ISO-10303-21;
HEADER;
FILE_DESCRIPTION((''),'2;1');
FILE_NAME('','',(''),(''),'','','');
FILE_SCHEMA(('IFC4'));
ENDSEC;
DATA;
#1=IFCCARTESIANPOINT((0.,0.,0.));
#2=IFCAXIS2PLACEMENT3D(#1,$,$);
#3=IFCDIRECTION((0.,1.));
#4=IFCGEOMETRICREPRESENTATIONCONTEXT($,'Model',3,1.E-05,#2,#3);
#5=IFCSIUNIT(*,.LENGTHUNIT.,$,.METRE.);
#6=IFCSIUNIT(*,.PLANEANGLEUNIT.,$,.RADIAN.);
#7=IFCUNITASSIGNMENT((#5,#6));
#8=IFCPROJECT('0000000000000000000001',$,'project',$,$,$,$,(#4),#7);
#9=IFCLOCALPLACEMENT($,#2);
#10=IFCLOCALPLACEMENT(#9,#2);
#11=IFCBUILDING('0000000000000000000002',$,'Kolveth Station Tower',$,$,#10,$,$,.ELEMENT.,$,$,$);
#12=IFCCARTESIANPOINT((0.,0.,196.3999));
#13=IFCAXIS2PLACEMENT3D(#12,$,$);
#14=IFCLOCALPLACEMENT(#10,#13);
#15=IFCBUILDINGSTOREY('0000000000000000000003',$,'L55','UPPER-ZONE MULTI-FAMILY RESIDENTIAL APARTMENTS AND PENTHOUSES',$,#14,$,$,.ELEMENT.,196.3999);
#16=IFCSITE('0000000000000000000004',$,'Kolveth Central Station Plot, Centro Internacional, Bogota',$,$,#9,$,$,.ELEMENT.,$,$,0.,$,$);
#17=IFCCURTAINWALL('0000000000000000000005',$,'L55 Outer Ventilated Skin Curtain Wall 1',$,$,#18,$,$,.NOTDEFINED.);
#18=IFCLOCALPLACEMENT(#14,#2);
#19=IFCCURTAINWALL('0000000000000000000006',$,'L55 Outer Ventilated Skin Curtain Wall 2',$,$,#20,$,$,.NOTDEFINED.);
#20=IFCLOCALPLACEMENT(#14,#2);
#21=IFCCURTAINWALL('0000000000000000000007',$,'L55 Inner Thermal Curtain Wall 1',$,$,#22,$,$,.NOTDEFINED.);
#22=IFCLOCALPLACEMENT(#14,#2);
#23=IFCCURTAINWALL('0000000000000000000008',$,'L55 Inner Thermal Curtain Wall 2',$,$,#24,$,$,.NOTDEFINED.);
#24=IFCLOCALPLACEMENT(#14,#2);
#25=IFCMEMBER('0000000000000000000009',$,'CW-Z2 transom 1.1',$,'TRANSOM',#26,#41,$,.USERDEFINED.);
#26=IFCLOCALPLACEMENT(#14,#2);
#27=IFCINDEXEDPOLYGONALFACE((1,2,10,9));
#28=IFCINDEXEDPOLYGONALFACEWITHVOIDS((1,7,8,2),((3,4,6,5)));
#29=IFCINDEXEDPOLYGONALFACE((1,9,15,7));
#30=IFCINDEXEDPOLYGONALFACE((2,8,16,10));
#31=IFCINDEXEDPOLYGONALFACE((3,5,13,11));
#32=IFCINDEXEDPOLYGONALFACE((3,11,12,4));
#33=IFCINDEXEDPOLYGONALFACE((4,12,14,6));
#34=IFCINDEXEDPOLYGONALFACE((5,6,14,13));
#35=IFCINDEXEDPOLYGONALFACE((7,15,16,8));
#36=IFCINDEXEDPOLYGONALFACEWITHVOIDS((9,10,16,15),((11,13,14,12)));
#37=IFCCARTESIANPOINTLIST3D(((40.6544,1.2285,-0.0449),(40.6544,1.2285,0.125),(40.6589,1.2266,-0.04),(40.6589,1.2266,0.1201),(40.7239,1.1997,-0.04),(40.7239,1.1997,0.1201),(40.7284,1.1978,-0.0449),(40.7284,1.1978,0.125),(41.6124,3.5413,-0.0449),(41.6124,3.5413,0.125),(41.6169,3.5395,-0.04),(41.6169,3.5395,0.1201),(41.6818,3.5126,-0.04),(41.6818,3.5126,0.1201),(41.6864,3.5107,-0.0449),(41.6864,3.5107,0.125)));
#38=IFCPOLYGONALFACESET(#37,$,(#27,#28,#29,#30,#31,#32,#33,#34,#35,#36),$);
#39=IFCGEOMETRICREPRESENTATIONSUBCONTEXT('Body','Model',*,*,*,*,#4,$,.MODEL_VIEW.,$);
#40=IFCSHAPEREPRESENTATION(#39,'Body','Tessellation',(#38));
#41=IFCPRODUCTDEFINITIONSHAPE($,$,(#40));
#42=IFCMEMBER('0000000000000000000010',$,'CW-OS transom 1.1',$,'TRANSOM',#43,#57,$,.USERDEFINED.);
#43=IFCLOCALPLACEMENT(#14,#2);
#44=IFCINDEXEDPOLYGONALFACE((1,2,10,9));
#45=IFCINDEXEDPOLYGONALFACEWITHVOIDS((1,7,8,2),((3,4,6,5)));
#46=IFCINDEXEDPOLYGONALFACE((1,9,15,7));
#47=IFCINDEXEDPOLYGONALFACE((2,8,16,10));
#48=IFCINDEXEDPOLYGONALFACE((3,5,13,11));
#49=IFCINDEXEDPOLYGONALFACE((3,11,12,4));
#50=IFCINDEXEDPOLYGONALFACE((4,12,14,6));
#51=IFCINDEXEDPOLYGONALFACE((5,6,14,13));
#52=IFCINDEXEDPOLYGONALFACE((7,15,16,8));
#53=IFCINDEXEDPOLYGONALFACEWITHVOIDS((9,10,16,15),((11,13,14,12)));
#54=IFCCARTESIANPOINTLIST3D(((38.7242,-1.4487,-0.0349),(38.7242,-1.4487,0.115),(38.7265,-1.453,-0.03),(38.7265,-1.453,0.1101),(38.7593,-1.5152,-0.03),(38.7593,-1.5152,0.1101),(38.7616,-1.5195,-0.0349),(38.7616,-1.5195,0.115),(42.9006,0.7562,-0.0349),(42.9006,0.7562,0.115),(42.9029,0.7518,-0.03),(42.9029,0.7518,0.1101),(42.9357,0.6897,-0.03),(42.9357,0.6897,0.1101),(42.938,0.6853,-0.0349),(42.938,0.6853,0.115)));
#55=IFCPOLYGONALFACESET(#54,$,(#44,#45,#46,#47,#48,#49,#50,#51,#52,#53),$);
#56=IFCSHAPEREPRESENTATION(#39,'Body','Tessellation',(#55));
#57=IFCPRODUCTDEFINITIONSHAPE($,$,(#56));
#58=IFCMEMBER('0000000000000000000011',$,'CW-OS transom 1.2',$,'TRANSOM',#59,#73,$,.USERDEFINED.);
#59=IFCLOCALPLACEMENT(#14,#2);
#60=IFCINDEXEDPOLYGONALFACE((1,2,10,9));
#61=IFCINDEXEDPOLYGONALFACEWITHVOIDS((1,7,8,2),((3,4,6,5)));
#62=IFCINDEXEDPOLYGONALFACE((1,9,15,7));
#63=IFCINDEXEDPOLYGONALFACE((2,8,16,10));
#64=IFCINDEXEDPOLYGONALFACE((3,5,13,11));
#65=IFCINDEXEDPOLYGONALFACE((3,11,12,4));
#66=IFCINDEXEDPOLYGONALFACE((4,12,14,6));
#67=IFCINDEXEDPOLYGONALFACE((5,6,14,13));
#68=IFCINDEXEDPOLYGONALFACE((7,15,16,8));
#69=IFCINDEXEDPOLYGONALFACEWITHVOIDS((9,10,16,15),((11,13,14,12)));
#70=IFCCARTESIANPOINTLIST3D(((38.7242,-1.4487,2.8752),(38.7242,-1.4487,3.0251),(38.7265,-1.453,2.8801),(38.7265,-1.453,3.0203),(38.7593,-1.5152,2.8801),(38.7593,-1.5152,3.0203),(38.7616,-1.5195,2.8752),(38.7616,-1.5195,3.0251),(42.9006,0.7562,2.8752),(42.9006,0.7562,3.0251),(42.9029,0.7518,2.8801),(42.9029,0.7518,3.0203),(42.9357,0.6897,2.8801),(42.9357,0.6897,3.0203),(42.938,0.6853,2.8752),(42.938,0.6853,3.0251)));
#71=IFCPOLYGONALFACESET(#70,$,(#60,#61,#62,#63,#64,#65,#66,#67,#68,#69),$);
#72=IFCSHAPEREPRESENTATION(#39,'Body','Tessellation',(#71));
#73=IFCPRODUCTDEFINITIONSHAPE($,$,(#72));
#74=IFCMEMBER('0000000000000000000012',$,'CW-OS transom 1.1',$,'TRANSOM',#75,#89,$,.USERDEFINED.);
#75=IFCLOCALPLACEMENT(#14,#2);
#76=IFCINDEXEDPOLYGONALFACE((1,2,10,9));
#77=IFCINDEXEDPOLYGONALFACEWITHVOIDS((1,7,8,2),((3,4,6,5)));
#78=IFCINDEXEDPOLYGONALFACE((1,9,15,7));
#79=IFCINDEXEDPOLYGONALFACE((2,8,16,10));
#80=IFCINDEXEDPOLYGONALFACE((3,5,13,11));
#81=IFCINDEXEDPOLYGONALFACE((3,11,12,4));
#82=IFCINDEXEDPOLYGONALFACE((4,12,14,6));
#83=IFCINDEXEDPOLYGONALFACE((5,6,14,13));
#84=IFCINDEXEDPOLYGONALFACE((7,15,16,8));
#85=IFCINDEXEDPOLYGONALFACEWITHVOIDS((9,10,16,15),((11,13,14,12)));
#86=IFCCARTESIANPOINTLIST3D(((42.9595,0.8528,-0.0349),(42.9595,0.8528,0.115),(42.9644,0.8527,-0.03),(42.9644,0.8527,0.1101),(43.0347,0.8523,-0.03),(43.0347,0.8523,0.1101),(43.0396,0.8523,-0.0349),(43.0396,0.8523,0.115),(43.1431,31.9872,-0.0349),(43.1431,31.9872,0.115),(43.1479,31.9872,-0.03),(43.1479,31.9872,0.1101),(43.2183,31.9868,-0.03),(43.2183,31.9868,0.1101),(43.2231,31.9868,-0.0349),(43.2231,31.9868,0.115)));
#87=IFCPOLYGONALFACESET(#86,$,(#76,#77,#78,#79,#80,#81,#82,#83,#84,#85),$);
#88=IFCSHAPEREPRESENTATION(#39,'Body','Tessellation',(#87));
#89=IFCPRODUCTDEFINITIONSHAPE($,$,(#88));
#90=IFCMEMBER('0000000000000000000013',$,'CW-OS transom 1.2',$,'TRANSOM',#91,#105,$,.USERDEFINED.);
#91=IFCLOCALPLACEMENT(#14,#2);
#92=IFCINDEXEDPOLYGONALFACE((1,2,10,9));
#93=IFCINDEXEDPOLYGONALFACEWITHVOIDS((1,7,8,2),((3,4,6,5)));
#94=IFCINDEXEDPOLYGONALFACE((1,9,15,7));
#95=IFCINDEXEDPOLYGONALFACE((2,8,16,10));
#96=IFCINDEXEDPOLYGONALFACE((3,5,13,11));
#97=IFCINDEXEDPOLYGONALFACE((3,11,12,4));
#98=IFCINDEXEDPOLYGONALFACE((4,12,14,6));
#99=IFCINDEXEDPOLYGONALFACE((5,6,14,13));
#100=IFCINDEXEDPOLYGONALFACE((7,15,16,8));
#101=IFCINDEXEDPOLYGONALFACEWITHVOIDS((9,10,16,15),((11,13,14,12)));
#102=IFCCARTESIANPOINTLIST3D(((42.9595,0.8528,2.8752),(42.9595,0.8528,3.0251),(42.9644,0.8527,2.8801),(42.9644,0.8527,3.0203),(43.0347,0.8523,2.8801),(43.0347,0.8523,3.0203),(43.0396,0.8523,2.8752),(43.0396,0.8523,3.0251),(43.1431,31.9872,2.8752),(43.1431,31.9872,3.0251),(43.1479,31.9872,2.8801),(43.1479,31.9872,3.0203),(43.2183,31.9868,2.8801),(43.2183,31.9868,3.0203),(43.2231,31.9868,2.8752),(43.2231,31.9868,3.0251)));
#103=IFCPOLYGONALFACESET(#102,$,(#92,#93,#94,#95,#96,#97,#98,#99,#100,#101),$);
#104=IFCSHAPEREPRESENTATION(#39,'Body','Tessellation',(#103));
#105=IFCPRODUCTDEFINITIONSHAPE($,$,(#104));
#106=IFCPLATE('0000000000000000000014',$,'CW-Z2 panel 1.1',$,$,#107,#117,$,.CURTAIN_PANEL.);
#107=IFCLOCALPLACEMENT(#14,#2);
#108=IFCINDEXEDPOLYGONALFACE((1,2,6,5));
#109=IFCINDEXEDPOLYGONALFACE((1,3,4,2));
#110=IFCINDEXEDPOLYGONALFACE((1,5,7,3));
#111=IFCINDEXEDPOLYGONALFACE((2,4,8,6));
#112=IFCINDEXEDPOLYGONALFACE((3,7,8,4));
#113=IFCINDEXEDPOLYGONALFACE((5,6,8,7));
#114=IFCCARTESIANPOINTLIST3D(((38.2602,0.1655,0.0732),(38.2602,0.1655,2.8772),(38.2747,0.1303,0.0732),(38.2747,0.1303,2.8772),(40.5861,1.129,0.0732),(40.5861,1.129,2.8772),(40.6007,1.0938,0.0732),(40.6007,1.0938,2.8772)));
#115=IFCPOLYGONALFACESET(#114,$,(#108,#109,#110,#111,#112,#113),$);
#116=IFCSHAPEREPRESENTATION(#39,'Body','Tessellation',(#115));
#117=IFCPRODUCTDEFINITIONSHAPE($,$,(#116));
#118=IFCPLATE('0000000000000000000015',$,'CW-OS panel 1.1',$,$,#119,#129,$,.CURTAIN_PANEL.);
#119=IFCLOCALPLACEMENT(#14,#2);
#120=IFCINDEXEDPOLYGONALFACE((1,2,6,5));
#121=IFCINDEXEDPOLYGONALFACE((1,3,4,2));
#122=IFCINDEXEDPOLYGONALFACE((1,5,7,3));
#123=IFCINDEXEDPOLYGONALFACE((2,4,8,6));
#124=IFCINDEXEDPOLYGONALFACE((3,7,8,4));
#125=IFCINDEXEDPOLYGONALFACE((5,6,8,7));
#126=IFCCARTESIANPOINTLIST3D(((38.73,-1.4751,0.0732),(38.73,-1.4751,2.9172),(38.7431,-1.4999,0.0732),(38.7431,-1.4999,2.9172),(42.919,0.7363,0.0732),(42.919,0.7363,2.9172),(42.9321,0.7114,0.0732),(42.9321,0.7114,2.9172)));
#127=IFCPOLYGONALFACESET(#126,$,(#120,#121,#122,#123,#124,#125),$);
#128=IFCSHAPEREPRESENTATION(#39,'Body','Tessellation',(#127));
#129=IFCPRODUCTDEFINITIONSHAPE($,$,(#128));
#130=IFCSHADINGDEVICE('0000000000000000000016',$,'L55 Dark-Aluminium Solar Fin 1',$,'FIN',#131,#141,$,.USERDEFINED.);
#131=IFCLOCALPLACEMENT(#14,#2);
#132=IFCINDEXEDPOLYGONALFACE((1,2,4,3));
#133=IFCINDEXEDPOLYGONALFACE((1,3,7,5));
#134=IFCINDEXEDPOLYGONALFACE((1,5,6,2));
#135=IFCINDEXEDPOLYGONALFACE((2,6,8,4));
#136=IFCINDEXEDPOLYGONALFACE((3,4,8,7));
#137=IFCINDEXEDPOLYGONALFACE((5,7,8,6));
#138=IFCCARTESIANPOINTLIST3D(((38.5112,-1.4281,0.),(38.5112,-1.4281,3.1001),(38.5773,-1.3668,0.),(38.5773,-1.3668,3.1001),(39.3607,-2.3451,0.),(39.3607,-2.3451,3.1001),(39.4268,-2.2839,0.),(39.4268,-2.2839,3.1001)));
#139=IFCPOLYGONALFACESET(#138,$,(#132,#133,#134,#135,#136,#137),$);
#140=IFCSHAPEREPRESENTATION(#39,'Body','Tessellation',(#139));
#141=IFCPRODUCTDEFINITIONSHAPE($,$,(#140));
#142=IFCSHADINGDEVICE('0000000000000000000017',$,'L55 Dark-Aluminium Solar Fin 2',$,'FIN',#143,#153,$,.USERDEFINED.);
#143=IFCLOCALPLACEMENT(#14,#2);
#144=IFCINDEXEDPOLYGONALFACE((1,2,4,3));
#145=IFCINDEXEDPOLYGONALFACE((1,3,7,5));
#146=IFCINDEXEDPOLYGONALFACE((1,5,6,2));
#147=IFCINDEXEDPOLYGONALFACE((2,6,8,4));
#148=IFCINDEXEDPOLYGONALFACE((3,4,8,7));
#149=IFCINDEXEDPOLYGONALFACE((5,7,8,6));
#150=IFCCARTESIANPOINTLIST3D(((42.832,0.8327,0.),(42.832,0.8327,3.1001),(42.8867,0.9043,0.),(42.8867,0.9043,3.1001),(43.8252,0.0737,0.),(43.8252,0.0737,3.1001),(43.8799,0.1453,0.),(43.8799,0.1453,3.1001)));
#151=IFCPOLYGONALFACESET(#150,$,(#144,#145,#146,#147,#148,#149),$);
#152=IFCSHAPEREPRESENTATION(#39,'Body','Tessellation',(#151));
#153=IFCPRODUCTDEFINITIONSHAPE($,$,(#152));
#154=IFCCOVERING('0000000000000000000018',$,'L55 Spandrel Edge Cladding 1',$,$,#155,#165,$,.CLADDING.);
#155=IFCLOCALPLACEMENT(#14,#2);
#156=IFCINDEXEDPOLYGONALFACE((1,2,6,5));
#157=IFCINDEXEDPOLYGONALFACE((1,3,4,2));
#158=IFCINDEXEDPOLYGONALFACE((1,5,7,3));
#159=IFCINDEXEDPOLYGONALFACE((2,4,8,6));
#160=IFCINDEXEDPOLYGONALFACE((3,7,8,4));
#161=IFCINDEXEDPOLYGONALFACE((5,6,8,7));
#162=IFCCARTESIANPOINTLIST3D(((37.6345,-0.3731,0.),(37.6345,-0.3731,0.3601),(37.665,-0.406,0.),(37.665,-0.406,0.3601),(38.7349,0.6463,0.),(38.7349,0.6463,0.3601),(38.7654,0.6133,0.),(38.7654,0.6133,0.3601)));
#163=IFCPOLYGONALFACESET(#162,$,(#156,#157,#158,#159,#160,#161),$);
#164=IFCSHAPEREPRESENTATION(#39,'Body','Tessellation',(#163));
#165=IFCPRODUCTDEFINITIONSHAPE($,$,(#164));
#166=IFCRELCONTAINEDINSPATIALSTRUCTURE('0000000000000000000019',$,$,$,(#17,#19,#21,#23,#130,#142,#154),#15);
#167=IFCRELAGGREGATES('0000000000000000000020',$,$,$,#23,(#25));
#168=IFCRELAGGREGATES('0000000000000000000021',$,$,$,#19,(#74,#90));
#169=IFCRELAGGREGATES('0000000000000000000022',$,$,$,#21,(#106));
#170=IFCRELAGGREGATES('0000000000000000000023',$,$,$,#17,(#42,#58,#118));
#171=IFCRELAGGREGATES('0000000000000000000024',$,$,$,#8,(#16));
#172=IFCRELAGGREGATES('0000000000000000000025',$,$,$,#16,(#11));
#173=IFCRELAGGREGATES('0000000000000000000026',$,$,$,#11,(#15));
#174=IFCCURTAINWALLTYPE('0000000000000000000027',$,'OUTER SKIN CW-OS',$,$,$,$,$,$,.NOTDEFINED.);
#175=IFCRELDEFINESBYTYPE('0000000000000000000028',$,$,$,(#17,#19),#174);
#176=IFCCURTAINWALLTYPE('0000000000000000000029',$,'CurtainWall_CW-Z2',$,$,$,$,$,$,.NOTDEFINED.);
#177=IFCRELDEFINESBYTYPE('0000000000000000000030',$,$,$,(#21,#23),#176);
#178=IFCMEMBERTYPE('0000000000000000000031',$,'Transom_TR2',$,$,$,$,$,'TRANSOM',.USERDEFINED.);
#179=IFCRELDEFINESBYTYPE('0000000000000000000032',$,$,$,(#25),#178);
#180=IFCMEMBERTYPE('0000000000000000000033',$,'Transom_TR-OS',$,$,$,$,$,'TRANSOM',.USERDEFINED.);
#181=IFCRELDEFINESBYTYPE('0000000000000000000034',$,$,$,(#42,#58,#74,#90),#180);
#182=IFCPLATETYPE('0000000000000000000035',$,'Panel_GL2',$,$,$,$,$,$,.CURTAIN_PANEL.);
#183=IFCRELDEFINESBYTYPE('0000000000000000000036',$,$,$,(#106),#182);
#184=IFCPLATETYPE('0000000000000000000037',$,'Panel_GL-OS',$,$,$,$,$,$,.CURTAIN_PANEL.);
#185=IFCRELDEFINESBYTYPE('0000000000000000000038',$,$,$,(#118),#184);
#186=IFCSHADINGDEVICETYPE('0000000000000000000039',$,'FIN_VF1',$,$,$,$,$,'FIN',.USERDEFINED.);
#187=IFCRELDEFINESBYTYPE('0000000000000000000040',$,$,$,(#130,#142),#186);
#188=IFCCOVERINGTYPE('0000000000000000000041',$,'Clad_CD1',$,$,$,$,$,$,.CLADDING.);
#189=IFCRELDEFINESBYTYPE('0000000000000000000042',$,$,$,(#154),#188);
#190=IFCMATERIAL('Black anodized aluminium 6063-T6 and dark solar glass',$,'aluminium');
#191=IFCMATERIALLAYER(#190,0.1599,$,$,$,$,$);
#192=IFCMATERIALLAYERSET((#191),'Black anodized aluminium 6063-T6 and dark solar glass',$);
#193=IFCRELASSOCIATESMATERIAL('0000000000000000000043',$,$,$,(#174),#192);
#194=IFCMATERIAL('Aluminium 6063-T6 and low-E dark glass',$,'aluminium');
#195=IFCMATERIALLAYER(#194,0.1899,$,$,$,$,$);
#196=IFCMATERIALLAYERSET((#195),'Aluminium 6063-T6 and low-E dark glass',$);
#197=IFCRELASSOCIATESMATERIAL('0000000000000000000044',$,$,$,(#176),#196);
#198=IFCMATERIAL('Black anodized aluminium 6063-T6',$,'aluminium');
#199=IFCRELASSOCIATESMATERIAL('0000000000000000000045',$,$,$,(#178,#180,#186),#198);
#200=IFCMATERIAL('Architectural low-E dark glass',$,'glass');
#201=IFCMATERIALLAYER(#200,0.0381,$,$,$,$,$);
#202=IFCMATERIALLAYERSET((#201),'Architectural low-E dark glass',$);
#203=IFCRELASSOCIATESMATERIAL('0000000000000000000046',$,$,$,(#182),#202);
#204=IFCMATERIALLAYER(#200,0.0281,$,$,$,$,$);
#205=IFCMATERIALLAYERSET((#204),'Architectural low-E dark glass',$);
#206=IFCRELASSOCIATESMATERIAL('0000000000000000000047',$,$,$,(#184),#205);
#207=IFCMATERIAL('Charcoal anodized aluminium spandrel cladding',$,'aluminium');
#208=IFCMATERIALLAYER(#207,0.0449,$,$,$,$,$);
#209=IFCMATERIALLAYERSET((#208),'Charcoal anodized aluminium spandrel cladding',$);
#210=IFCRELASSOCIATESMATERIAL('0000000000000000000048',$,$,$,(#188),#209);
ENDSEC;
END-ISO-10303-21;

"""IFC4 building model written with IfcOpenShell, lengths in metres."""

from ifc_helpers import new_model, si_unit, direction, frame, origin, origin_2d, place, context, subcontext, project, spatial, rectangle, hollow_rectangle, extrude, source, transform, mapped, material, layer, layer_set, material_profile, profile_set, type_object, element, aggregate, save


model = new_model("IFC4")

# Units and contexts
model_context = context("Model", 3, precision=1e-05, world=origin(), true_north=direction((0.0, 1.0)))
body_context = subcontext(model_context, "Body", "Model", "MODEL_VIEW")
ifc_project = project(units=[si_unit("LENGTHUNIT", "METRE"), si_unit("PLANEANGLEUNIT", "RADIAN")], contexts=[model_context])

# Site, building, storey
site_placement = place(None, origin())
site = spatial("IfcSite", under=ifc_project, at=site_placement, Name="Kolveth Central Station Plot, Centro Internacional, Bogota", CompositionType="ELEMENT", RefElevation=0.0)
building_placement = place(site_placement, origin())
building = spatial("IfcBuilding", under=site, at=building_placement, Name="Kolveth Station Tower", CompositionType="ELEMENT")
storey_placement = place(building_placement, frame((0.0, 0.0, 196.3999)))
storey = spatial("IfcBuildingStorey", under=building, at=storey_placement, Name="L55", Description="UPPER-ZONE MULTI-FAMILY RESIDENTIAL APARTMENTS AND PENTHOUSES", CompositionType="ELEMENT", Elevation=196.3999)

# Curtain wall
ifc_material_1 = material(Name="Black anodized aluminium 6063-T6 and dark solar glass", Category="aluminium")
ifc_layer_1 = layer(ifc_material_1, 0.1599)
ifc_layer_set_1 = layer_set([ifc_layer_1], Name="Black anodized aluminium 6063-T6 and dark solar glass")
curtain_wall_type_1 = type_object("IfcCurtainWallType", Name="OUTER SKIN CW-OS", PredefinedType="NOTDEFINED", material=ifc_layer_set_1)
curtain_wall_1_placement = place(storey_placement, origin())
curtain_wall_1 = element("IfcCurtainWall", 1, at=curtain_wall_1_placement, inside=storey, type_object=curtain_wall_type_1, Name="L55 Outer Ventilated Skin Curtain Wall 1", PredefinedType="NOTDEFINED")
ifc_material_2 = material(Name="Black anodized aluminium 6063-T6", Category="aluminium")

# Curtain wall
curtain_wall_2_placement = place(storey_placement, origin())
curtain_wall_2 = element("IfcCurtainWall", 2, at=curtain_wall_2_placement, inside=storey, type_object=curtain_wall_type_1, Name="L55 Outer Ventilated Skin Curtain Wall 2", PredefinedType="NOTDEFINED")

# Curtain wall
ifc_material_3 = material(Name="Aluminium 6063-T6 and low-E dark glass", Category="aluminium")
ifc_layer_2 = layer(ifc_material_3, 0.1899)
ifc_layer_set_2 = layer_set([ifc_layer_2], Name="Aluminium 6063-T6 and low-E dark glass")
curtain_wall_type_2 = type_object("IfcCurtainWallType", Name="CurtainWall_CW-Z2", PredefinedType="NOTDEFINED", material=ifc_layer_set_2)
curtain_wall_3_placement = place(storey_placement, origin())
curtain_wall_3 = element("IfcCurtainWall", 3, at=curtain_wall_3_placement, inside=storey, type_object=curtain_wall_type_2, Name="L55 Inner Thermal Curtain Wall 1", PredefinedType="NOTDEFINED")

# Curtain wall
curtain_wall_4_placement = place(storey_placement, origin())
curtain_wall_4 = element("IfcCurtainWall", 4, at=curtain_wall_4_placement, inside=storey, type_object=curtain_wall_type_2, Name="L55 Inner Thermal Curtain Wall 2", PredefinedType="NOTDEFINED")

# Members
ifc_material_profile_1 = material_profile(ifc_material_2, hollow_rectangle(XDim=0.0801, YDim=0.1699, WallThickness=0.0049, at=origin_2d()), Name="ALU-80x170x5")
ifc_profile_set_1 = profile_set([ifc_material_profile_1], Name="Black anodized aluminium 6063-T6")
member_type_1 = type_object("IfcMemberType", Name="Transom_TR2", ElementType="TRANSOM", PredefinedType="USERDEFINED", material=ifc_profile_set_1)
shared_shape_1 = source(origin(), body_context, "Body", "SweptSolid", [
    extrude(hollow_rectangle(XDim=0.0801, YDim=0.1699, WallThickness=0.0049, at=origin_2d()), origin(), (0.0, 0.0, 1.0), 2.5034),
])
member_1_placement = place(storey_placement, frame((40.6914, 1.2131, 0.04), z_axis=(0.382662, 0.923888, 0.0), x_axis=(-0.923888, 0.382662, 0.0)))
member_1 = element("IfcMember", 5, at=member_1_placement, type_object=member_type_1, Name="CW-Z2 transom 1.1", ObjectType="TRANSOM", PredefinedType="USERDEFINED", context=body_context, shape_type="MappedRepresentation", body=[
    mapped(shared_shape_1, transform((0.0, 0.0, 0.0), x_axis=(1.0, 0.0, 0.0), y_axis=(0.0, 1.0, 0.0), z_axis=(0.0, 0.0, 1.0), scale=1.0)),
])
aggregate(curtain_wall_4, [member_1])
ifc_material_profile_2 = material_profile(ifc_material_2, hollow_rectangle(XDim=0.0801, YDim=0.1499, WallThickness=0.0049, at=origin_2d()), Name="ALU-80x150x5")
ifc_profile_set_2 = profile_set([ifc_material_profile_2], Name="Black anodized aluminium 6063-T6")
member_type_2 = type_object("IfcMemberType", Name="Transom_TR-OS", ElementType="TRANSOM", PredefinedType="USERDEFINED", material=ifc_profile_set_2)
shared_shape_2 = source(origin(), body_context, "Body", "SweptSolid", [
    extrude(hollow_rectangle(XDim=0.0801, YDim=0.1499, WallThickness=0.0049, at=origin_2d()), origin(), (0.0, 0.0, 1.0), 4.7227),
])
member_2_placement = place(storey_placement, frame((38.7429, -1.4841, 0.04), z_axis=(0.884324, 0.466873, 0.0), x_axis=(-0.466873, 0.884324, 0.0)))
member_2 = element("IfcMember", 6, at=member_2_placement, type_object=member_type_2, Name="CW-OS transom 1.1", ObjectType="TRANSOM", PredefinedType="USERDEFINED", context=body_context, shape_type="MappedRepresentation", body=[
    mapped(shared_shape_2, transform((0.0, 0.0, 0.0), x_axis=(1.0, 0.0, 0.0), y_axis=(0.0, 1.0, 0.0), z_axis=(0.0, 0.0, 1.0), scale=1.0)),
])
member_3_placement = place(storey_placement, frame((38.7429, -1.4841, 2.9502), z_axis=(0.884324, 0.466873, 0.0), x_axis=(-0.466873, 0.884324, 0.0)))
member_3 = element("IfcMember", 7, at=member_3_placement, type_object=member_type_2, Name="CW-OS transom 1.2", ObjectType="TRANSOM", PredefinedType="USERDEFINED", context=body_context, shape_type="MappedRepresentation", body=[
    mapped(shared_shape_2, transform((0.0, 0.0, 0.0), x_axis=(1.0, 0.0, 0.0), y_axis=(0.0, 1.0, 0.0), z_axis=(0.0, 0.0, 1.0), scale=1.0)),
])
shared_shape_3 = source(origin(), body_context, "Body", "SweptSolid", [
    extrude(hollow_rectangle(XDim=0.0801, YDim=0.1499, WallThickness=0.0049, at=origin_2d()), origin(), (0.0, 0.0, 1.0), 31.135),
])
member_4_placement = place(storey_placement, frame((42.9995, 0.8525, 0.04), z_axis=(0.005897, 0.999983, 0.0), x_axis=(-0.999983, 0.005897, 0.0)))
member_4 = element("IfcMember", 8, at=member_4_placement, type_object=member_type_2, Name="CW-OS transom 1.1", ObjectType="TRANSOM", PredefinedType="USERDEFINED", context=body_context, shape_type="MappedRepresentation", body=[
    mapped(shared_shape_3, transform((0.0, 0.0, 0.0), x_axis=(1.0, 0.0, 0.0), y_axis=(0.0, 1.0, 0.0), z_axis=(0.0, 0.0, 1.0), scale=1.0)),
])
member_5_placement = place(storey_placement, frame((42.9995, 0.8525, 2.9502), z_axis=(0.005897, 0.999983, 0.0), x_axis=(-0.999983, 0.005897, 0.0)))
member_5 = element("IfcMember", 9, at=member_5_placement, type_object=member_type_2, Name="CW-OS transom 1.2", ObjectType="TRANSOM", PredefinedType="USERDEFINED", context=body_context, shape_type="MappedRepresentation", body=[
    mapped(shared_shape_3, transform((0.0, 0.0, 0.0), x_axis=(1.0, 0.0, 0.0), y_axis=(0.0, 1.0, 0.0), z_axis=(0.0, 0.0, 1.0), scale=1.0)),
])
aggregate(curtain_wall_2, [member_4, member_5])

# Plates
ifc_material_4 = material(Name="Architectural low-E dark glass", Category="glass")
ifc_layer_3 = layer(ifc_material_4, 0.0381)
ifc_layer_set_3 = layer_set([ifc_layer_3], Name="Architectural low-E dark glass")
plate_type_1 = type_object("IfcPlateType", Name="Panel_GL2", PredefinedType="CURTAIN_PANEL", material=ifc_layer_set_3)
shared_shape_4 = source(origin(), body_context, "Body", "SweptSolid", [
    extrude(rectangle(XDim=2.5176, YDim=0.0381, at=origin_2d()), origin(), (0.0, 0.0, 1.0), 2.804),
])
plate_1_placement = place(storey_placement, frame((39.4304, 0.6296, 0.0732), z_axis=(0.0, 0.0, 1.0), x_axis=(0.923874, 0.382698, 0.0)))
plate_1 = element("IfcPlate", 10, at=plate_1_placement, type_object=plate_type_1, Name="CW-Z2 panel 1.1", PredefinedType="CURTAIN_PANEL", context=body_context, shape_type="MappedRepresentation", body=[
    mapped(shared_shape_4, transform((0.0, 0.0, 0.0), x_axis=(1.0, 0.0, 0.0), y_axis=(0.0, 1.0, 0.0), z_axis=(0.0, 0.0, 1.0), scale=1.0)),
])
aggregate(curtain_wall_3, [plate_1])
ifc_layer_4 = layer(ifc_material_4, 0.0281)
ifc_layer_set_4 = layer_set([ifc_layer_4], Name="Architectural low-E dark glass")
plate_type_2 = type_object("IfcPlateType", Name="Panel_GL-OS", PredefinedType="CURTAIN_PANEL", material=ifc_layer_set_4)
shared_shape_5 = source(origin(), body_context, "Body", "SweptSolid", [
    extrude(rectangle(XDim=4.7368, YDim=0.0281, at=origin_2d()), origin(), (0.0, 0.0, 1.0), 2.844),
])
plate_2_placement = place(storey_placement, frame((40.8311, -0.3818, 0.0732), z_axis=(0.0, 0.0, 1.0), x_axis=(0.884337, 0.466849, 0.0)))
plate_2 = element("IfcPlate", 11, at=plate_2_placement, type_object=plate_type_2, Name="CW-OS panel 1.1", PredefinedType="CURTAIN_PANEL", context=body_context, shape_type="MappedRepresentation", body=[
    mapped(shared_shape_5, transform((0.0, 0.0, 0.0), x_axis=(1.0, 0.0, 0.0), y_axis=(0.0, 1.0, 0.0), z_axis=(0.0, 0.0, 1.0), scale=1.0)),
])
aggregate(curtain_wall_1, [member_2, member_3, plate_2])

# Shading devices
shading_device_type = type_object("IfcShadingDeviceType", Name="FIN_VF1", ElementType="FIN", PredefinedType="USERDEFINED", material=ifc_material_2)
shared_shape_6 = source(origin(), body_context, "Body", "SweptSolid", [
    extrude(rectangle(XDim=1.25, YDim=0.0901, at=origin_2d()), origin(), (0.0, 0.0, 1.0), 3.1001),
])
for number, where, z_axis, x_axis, name in (
    (12, (38.969, -1.856, 0.0), (0.0, 0.0, 1.0), (0.679569, -0.733611, 0.0), "L55 Dark-Aluminium Solar Fin 1"),
    (13, (43.356, 0.489, 0.0), (0.0, 0.0, 1.0), (0.794521, -0.607237, 0.0), "L55 Dark-Aluminium Solar Fin 2"),
):
    element("IfcShadingDevice", number, at=place(storey_placement, frame(where, z_axis=z_axis, x_axis=x_axis)), inside=storey, type_object=shading_device_type, Name=name, ObjectType="FIN", PredefinedType="USERDEFINED", context=body_context, shape_type="MappedRepresentation", body=[
        mapped(shared_shape_6, transform((0.0, 0.0, 0.0), x_axis=(1.0, 0.0, 0.0), y_axis=(0.0, 1.0, 0.0), z_axis=(0.0, 0.0, 1.0), scale=1.0)),
    ])

# Covering
ifc_material_5 = material(Name="Charcoal anodized aluminium spandrel cladding", Category="aluminium")
ifc_layer_5 = layer(ifc_material_5, 0.0449)
ifc_layer_set_5 = layer_set([ifc_layer_5], Name="Charcoal anodized aluminium spandrel cladding")
covering_type = type_object("IfcCoveringType", Name="Clad_CD1", PredefinedType="CLADDING", material=ifc_layer_set_5)
shared_shape_7 = source(origin(), body_context, "Body", "SweptSolid", [
    extrude(rectangle(XDim=1.5, YDim=0.0449, at=origin_2d()), origin(), (0.0, 0.0, 1.0), 0.3601),
])
covering_placement = place(storey_placement, frame((38.2, 0.1201, 0.0), z_axis=(0.0, 0.0, 1.0), x_axis=(0.733611, 0.679569, 0.0)))
element("IfcCovering", 14, at=covering_placement, inside=storey, type_object=covering_type, Name="L55 Spandrel Edge Cladding 1", PredefinedType="CLADDING", context=body_context, shape_type="MappedRepresentation", body=[
    mapped(shared_shape_7, transform((0.0, 0.0, 0.0), x_axis=(1.0, 0.0, 0.0), y_axis=(0.0, 1.0, 0.0), z_axis=(0.0, 0.0, 1.0), scale=1.0)),
])

save(model, "model.ifc")
